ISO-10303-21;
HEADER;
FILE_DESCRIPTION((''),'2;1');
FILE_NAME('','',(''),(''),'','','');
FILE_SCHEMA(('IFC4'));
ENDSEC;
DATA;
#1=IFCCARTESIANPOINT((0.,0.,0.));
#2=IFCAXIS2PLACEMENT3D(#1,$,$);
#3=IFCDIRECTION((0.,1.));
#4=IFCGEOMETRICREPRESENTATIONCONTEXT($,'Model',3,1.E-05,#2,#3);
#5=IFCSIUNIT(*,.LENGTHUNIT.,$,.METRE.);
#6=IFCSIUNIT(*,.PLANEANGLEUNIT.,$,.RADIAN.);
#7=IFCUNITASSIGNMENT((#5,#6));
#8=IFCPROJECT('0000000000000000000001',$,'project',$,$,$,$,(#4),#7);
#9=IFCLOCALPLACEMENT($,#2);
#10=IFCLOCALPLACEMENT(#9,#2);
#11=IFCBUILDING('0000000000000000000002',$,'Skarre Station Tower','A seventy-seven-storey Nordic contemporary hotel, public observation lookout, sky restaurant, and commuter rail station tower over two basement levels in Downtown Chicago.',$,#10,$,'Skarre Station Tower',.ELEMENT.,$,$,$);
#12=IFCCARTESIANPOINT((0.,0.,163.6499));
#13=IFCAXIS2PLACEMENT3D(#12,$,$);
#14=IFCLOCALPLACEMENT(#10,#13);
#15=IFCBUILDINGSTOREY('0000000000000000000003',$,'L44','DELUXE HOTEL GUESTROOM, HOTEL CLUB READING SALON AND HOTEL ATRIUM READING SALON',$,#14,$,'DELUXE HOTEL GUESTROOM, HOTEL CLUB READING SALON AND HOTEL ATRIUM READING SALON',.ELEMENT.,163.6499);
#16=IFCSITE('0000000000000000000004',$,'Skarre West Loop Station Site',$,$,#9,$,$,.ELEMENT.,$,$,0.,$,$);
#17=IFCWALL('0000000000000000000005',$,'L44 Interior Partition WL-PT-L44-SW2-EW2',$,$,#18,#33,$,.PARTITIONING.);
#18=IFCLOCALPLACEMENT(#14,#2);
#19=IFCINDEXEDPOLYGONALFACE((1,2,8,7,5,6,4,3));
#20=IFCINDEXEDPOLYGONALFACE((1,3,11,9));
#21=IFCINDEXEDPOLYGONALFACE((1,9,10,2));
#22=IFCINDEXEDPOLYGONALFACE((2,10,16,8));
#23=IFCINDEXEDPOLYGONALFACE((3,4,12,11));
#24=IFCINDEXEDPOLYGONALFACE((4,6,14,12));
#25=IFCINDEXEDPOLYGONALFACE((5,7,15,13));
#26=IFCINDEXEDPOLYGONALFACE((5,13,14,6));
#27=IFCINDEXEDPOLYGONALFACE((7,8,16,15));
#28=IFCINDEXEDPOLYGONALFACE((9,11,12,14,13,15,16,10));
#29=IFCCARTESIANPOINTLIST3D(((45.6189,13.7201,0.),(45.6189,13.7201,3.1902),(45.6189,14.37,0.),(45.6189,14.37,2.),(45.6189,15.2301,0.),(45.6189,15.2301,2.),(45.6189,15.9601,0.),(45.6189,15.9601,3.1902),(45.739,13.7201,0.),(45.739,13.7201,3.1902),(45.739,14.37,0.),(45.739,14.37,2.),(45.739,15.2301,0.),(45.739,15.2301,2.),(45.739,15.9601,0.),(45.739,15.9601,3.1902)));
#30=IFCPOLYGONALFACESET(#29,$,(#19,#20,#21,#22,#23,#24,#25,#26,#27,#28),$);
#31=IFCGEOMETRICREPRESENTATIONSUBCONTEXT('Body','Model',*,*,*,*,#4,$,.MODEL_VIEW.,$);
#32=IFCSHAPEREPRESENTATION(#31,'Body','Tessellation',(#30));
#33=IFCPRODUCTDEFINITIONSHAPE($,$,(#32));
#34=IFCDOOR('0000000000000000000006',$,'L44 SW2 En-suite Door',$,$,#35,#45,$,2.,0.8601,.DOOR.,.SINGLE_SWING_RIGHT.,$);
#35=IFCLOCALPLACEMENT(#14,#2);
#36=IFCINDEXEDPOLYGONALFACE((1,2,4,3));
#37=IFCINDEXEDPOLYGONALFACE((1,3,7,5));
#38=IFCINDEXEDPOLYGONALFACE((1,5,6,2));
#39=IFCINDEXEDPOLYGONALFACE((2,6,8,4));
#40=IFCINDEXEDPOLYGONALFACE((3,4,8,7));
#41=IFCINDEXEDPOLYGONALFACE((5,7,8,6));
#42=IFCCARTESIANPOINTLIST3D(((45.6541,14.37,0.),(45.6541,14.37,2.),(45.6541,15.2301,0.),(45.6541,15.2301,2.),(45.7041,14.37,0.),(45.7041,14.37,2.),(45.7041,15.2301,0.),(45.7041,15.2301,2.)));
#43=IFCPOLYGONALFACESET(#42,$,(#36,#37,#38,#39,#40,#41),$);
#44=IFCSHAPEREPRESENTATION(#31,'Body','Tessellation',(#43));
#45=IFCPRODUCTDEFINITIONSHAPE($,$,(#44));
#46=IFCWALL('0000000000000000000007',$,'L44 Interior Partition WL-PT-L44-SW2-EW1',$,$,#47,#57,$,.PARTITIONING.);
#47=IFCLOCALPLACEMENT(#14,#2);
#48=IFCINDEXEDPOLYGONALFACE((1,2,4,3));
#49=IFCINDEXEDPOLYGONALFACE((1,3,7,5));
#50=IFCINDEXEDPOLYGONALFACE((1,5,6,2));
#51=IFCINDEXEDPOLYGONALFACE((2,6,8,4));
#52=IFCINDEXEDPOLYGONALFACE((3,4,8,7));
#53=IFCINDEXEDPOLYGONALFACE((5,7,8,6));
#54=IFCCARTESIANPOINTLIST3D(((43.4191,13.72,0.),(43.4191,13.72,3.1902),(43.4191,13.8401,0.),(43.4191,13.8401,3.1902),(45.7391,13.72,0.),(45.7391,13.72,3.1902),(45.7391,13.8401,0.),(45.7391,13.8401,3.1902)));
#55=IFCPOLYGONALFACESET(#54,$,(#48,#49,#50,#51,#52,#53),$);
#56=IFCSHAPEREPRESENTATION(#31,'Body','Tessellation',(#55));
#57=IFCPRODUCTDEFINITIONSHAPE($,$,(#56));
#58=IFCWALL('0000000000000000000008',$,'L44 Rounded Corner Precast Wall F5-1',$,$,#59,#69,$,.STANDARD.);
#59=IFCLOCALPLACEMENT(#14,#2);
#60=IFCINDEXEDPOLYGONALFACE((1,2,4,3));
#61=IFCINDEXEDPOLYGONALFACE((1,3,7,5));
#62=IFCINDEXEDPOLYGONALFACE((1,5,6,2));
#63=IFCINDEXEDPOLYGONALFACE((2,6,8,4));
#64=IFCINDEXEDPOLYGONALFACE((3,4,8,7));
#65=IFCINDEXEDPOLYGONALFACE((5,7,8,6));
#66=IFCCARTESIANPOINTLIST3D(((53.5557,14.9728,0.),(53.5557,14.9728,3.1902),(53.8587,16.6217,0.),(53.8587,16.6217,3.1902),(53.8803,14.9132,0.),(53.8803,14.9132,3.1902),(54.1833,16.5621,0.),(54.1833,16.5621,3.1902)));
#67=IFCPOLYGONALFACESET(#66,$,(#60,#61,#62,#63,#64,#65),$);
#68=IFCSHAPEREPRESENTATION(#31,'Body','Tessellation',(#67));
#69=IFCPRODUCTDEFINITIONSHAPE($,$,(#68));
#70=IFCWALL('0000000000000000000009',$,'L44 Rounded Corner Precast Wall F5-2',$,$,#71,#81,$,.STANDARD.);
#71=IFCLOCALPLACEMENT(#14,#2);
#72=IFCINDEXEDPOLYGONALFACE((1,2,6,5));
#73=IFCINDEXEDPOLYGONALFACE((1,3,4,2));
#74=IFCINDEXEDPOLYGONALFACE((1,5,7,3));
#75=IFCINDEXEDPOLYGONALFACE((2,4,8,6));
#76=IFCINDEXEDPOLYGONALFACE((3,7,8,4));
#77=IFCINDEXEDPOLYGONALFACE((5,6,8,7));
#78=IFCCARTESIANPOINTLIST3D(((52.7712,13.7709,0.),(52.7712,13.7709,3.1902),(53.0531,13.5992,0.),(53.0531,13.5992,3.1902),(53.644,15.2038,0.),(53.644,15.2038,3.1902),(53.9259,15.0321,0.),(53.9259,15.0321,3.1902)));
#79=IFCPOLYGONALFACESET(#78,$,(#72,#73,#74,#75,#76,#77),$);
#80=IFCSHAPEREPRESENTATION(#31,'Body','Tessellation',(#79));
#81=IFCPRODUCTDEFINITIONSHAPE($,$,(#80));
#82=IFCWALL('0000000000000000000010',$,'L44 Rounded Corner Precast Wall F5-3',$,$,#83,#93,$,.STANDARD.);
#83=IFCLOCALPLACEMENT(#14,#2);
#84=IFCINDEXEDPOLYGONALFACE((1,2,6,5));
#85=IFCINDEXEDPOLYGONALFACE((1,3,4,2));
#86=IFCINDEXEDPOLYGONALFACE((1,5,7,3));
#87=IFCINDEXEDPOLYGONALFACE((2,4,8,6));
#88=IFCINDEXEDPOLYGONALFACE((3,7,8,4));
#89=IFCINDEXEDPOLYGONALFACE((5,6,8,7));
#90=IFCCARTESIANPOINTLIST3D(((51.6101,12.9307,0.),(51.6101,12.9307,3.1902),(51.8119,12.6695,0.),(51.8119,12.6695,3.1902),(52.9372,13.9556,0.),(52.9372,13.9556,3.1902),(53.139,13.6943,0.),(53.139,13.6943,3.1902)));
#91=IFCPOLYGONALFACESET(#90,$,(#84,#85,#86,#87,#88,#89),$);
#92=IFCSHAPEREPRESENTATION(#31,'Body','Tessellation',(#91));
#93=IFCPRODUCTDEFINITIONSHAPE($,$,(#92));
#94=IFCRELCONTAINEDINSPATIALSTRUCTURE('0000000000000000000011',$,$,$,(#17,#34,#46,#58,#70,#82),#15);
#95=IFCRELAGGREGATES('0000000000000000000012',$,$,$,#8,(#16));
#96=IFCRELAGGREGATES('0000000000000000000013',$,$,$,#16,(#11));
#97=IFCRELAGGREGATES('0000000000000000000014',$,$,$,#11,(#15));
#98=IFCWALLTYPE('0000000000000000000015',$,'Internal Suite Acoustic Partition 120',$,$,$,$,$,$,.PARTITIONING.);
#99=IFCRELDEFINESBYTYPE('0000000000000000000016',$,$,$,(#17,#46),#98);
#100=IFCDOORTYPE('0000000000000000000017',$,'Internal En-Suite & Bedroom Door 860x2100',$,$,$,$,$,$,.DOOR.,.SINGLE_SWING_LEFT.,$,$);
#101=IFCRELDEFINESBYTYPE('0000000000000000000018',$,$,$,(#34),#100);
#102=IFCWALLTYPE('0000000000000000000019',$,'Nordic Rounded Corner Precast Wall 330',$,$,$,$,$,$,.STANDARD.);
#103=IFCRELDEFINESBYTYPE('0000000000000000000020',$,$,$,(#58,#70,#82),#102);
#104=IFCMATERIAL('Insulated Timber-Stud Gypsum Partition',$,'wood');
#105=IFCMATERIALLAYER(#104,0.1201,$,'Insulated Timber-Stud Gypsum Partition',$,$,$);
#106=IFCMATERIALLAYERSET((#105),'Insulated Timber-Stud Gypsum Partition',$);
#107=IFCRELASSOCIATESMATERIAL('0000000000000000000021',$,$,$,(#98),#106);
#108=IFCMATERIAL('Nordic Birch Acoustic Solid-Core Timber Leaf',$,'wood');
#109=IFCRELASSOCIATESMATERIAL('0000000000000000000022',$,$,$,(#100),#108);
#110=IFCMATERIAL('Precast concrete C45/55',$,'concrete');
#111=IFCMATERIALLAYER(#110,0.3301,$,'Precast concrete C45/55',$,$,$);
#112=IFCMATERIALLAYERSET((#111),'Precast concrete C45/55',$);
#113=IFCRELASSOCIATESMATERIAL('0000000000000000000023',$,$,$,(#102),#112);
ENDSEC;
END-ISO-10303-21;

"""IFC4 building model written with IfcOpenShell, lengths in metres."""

from ifc_helpers import new_model, si_unit, direction, frame, frame_2d, origin, place, context, subcontext, project, spatial, rectangle, extrude, material, layer, layer_set, type_object, element, fill, save


model = new_model("IFC4")

# Units and contexts
model_context = context("Model", 3, precision=1e-05, world=origin(), true_north=direction((0.0, 1.0)))
body_context = subcontext(model_context, "Body", "Model", "MODEL_VIEW")
ifc_project = project(units=[si_unit("LENGTHUNIT", "METRE"), si_unit("PLANEANGLEUNIT", "RADIAN")], contexts=[model_context])

# Site, building, storey
site_placement = place(None, origin())
site = spatial("IfcSite", under=ifc_project, at=site_placement, Name="Skarre West Loop Station Site", CompositionType="ELEMENT", RefElevation=0.0)
building_placement = place(site_placement, origin())
building = spatial("IfcBuilding", under=site, at=building_placement, Name="Skarre Station Tower", Description="A seventy-seven-storey Nordic contemporary hotel, public observation lookout, sky restaurant, and commuter rail station tower over two basement levels in Downtown Chicago.", LongName="Skarre Station Tower", CompositionType="ELEMENT")
storey_placement = place(building_placement, frame((0.0, 0.0, 163.6499)))
storey = spatial("IfcBuildingStorey", under=building, at=storey_placement, Name="L44", Description="DELUXE HOTEL GUESTROOM, HOTEL CLUB READING SALON AND HOTEL ATRIUM READING SALON", LongName="DELUXE HOTEL GUESTROOM, HOTEL CLUB READING SALON AND HOTEL ATRIUM READING SALON", CompositionType="ELEMENT", Elevation=163.6499)

# Wall, opening, door
ifc_material_1 = material(Name="Insulated Timber-Stud Gypsum Partition", Category="wood")
ifc_layer_1 = layer(ifc_material_1, 0.1201, Name="Insulated Timber-Stud Gypsum Partition")
ifc_layer_set_1 = layer_set([ifc_layer_1], Name="Insulated Timber-Stud Gypsum Partition")
wall_type_1 = type_object("IfcWallType", Name="Internal Suite Acoustic Partition 120", PredefinedType="PARTITIONING", material=ifc_layer_set_1)
wall_1_placement = place(storey_placement, frame((45.679, 13.72, 0.0), z_axis=(0.0, 0.0, 1.0), x_axis=(0.0, 1.0, 0.0)))
wall_1 = element("IfcWall", 1, at=wall_1_placement, inside=storey, type_object=wall_type_1, Name="L44 Interior Partition WL-PT-L44-SW2-EW2", PredefinedType="PARTITIONING", context=body_context, shape_type="SweptSolid", body=[
    extrude(rectangle(XDim=2.24, YDim=0.1201, at=frame_2d((1.1201, 0.0))), origin(), (0.0, 0.0, 1.0), 3.1902),
])
opening_1_placement = place(wall_1_placement, frame((0.6499, 0.0, 0.0)))
opening_1 = element("IfcOpeningElement", 2, at=opening_1_placement, cuts=wall_1, PredefinedType="OPENING", context=body_context, shape_type="SweptSolid", body=[
    extrude(rectangle(XDim=0.8601, YDim=2.0, at=frame_2d((0.4302, 1.0))), frame((0.0, 0.0701, 0.0), z_axis=(0.0, -1.0, 0.0), x_axis=(1.0, 0.0, 0.0)), (0.0, 0.0, 1.0), 0.1401),
])
ifc_material_2 = material(Name="Nordic Birch Acoustic Solid-Core Timber Leaf", Category="wood")
door_type_1 = type_object("IfcDoorType", Name="Internal En-Suite & Bedroom Door 860x2100", OperationType="SINGLE_SWING_LEFT", PredefinedType="DOOR", material=ifc_material_2)
door_1_placement = place(opening_1_placement, origin())
door_1 = element("IfcDoor", 3, at=door_1_placement, inside=storey, type_object=door_type_1, Name="L44 SW2 En-suite Door", OperationType="SINGLE_SWING_RIGHT", OverallHeight=2.0, OverallWidth=0.8601, PredefinedType="DOOR", context=body_context, shape_type="SweptSolid", body=[
    extrude(rectangle(XDim=0.8601, YDim=2.0, at=frame_2d((0.4302, 1.0))), frame((0.0, 0.0249, 0.0), z_axis=(0.0, -1.0, 0.0), x_axis=(1.0, 0.0, 0.0)), (0.0, 0.0, 1.0), 0.05),
])
fill(opening_1, door_1)

# Walls
wall_2_placement = place(storey_placement, frame((43.4189, 13.78, 0.0), z_axis=(0.0, 0.0, 1.0), x_axis=(1.0, 0.0, 0.0)))
element("IfcWall", 4, at=wall_2_placement, inside=storey, type_object=wall_type_1, Name="L44 Interior Partition WL-PT-L44-SW2-EW1", PredefinedType="PARTITIONING", context=body_context, shape_type="SweptSolid", body=[
    extrude(rectangle(XDim=2.3201, YDim=0.1201, at=frame_2d((1.1602, 0.0))), origin(), (0.0, 0.0, 1.0), 3.1902),
])
ifc_material_3 = material(Name="Precast concrete C45/55", Category="concrete")
ifc_layer_2 = layer(ifc_material_3, 0.3301, Name="Precast concrete C45/55")
ifc_layer_set_2 = layer_set([ifc_layer_2], Name="Precast concrete C45/55")
wall_type_2 = type_object("IfcWallType", Name="Nordic Rounded Corner Precast Wall 330", PredefinedType="STANDARD", material=ifc_layer_set_2)
wall_3_placement = place(storey_placement, frame((54.021, 16.592, 0.0), z_axis=(0.0, 0.0, 1.0), x_axis=(-0.180718, -0.983535, 0.0)))
element("IfcWall", 5, at=wall_3_placement, inside=storey, type_object=wall_type_2, Name="L44 Rounded Corner Precast Wall F5-1", PredefinedType="STANDARD", context=body_context, shape_type="SweptSolid", body=[
    extrude(rectangle(XDim=1.6765, YDim=0.3301, at=frame_2d((0.8384, 0.0))), origin(), (0.0, 0.0, 1.0), 3.1902),
])
wall_4_placement = place(storey_placement, frame((53.7849, 15.1179, 0.0), z_axis=(0.0, 0.0, 1.0), x_axis=(-0.520219, -0.854033, 0.0)))
element("IfcWall", 6, at=wall_4_placement, inside=storey, type_object=wall_type_2, Name="L44 Rounded Corner Precast Wall F5-2", PredefinedType="STANDARD", context=body_context, shape_type="SweptSolid", body=[
    extrude(rectangle(XDim=1.6777, YDim=0.3301, at=frame_2d((0.8389, 0.0))), origin(), (0.0, 0.0, 1.0), 3.1902),
])
wall_5_placement = place(storey_placement, frame((53.0381, 13.825, 0.0), z_axis=(0.0, 0.0, 1.0), x_axis=(-0.791464, -0.611215, 0.0)))
element("IfcWall", 7, at=wall_5_placement, inside=storey, type_object=wall_type_2, Name="L44 Rounded Corner Precast Wall F5-3", PredefinedType="STANDARD", context=body_context, shape_type="SweptSolid", body=[
    extrude(rectangle(XDim=1.6768, YDim=0.3301, at=frame_2d((0.8384, 0.0))), origin(), (0.0, 0.0, 1.0), 3.1902),
])

save(model, "model.ifc")
